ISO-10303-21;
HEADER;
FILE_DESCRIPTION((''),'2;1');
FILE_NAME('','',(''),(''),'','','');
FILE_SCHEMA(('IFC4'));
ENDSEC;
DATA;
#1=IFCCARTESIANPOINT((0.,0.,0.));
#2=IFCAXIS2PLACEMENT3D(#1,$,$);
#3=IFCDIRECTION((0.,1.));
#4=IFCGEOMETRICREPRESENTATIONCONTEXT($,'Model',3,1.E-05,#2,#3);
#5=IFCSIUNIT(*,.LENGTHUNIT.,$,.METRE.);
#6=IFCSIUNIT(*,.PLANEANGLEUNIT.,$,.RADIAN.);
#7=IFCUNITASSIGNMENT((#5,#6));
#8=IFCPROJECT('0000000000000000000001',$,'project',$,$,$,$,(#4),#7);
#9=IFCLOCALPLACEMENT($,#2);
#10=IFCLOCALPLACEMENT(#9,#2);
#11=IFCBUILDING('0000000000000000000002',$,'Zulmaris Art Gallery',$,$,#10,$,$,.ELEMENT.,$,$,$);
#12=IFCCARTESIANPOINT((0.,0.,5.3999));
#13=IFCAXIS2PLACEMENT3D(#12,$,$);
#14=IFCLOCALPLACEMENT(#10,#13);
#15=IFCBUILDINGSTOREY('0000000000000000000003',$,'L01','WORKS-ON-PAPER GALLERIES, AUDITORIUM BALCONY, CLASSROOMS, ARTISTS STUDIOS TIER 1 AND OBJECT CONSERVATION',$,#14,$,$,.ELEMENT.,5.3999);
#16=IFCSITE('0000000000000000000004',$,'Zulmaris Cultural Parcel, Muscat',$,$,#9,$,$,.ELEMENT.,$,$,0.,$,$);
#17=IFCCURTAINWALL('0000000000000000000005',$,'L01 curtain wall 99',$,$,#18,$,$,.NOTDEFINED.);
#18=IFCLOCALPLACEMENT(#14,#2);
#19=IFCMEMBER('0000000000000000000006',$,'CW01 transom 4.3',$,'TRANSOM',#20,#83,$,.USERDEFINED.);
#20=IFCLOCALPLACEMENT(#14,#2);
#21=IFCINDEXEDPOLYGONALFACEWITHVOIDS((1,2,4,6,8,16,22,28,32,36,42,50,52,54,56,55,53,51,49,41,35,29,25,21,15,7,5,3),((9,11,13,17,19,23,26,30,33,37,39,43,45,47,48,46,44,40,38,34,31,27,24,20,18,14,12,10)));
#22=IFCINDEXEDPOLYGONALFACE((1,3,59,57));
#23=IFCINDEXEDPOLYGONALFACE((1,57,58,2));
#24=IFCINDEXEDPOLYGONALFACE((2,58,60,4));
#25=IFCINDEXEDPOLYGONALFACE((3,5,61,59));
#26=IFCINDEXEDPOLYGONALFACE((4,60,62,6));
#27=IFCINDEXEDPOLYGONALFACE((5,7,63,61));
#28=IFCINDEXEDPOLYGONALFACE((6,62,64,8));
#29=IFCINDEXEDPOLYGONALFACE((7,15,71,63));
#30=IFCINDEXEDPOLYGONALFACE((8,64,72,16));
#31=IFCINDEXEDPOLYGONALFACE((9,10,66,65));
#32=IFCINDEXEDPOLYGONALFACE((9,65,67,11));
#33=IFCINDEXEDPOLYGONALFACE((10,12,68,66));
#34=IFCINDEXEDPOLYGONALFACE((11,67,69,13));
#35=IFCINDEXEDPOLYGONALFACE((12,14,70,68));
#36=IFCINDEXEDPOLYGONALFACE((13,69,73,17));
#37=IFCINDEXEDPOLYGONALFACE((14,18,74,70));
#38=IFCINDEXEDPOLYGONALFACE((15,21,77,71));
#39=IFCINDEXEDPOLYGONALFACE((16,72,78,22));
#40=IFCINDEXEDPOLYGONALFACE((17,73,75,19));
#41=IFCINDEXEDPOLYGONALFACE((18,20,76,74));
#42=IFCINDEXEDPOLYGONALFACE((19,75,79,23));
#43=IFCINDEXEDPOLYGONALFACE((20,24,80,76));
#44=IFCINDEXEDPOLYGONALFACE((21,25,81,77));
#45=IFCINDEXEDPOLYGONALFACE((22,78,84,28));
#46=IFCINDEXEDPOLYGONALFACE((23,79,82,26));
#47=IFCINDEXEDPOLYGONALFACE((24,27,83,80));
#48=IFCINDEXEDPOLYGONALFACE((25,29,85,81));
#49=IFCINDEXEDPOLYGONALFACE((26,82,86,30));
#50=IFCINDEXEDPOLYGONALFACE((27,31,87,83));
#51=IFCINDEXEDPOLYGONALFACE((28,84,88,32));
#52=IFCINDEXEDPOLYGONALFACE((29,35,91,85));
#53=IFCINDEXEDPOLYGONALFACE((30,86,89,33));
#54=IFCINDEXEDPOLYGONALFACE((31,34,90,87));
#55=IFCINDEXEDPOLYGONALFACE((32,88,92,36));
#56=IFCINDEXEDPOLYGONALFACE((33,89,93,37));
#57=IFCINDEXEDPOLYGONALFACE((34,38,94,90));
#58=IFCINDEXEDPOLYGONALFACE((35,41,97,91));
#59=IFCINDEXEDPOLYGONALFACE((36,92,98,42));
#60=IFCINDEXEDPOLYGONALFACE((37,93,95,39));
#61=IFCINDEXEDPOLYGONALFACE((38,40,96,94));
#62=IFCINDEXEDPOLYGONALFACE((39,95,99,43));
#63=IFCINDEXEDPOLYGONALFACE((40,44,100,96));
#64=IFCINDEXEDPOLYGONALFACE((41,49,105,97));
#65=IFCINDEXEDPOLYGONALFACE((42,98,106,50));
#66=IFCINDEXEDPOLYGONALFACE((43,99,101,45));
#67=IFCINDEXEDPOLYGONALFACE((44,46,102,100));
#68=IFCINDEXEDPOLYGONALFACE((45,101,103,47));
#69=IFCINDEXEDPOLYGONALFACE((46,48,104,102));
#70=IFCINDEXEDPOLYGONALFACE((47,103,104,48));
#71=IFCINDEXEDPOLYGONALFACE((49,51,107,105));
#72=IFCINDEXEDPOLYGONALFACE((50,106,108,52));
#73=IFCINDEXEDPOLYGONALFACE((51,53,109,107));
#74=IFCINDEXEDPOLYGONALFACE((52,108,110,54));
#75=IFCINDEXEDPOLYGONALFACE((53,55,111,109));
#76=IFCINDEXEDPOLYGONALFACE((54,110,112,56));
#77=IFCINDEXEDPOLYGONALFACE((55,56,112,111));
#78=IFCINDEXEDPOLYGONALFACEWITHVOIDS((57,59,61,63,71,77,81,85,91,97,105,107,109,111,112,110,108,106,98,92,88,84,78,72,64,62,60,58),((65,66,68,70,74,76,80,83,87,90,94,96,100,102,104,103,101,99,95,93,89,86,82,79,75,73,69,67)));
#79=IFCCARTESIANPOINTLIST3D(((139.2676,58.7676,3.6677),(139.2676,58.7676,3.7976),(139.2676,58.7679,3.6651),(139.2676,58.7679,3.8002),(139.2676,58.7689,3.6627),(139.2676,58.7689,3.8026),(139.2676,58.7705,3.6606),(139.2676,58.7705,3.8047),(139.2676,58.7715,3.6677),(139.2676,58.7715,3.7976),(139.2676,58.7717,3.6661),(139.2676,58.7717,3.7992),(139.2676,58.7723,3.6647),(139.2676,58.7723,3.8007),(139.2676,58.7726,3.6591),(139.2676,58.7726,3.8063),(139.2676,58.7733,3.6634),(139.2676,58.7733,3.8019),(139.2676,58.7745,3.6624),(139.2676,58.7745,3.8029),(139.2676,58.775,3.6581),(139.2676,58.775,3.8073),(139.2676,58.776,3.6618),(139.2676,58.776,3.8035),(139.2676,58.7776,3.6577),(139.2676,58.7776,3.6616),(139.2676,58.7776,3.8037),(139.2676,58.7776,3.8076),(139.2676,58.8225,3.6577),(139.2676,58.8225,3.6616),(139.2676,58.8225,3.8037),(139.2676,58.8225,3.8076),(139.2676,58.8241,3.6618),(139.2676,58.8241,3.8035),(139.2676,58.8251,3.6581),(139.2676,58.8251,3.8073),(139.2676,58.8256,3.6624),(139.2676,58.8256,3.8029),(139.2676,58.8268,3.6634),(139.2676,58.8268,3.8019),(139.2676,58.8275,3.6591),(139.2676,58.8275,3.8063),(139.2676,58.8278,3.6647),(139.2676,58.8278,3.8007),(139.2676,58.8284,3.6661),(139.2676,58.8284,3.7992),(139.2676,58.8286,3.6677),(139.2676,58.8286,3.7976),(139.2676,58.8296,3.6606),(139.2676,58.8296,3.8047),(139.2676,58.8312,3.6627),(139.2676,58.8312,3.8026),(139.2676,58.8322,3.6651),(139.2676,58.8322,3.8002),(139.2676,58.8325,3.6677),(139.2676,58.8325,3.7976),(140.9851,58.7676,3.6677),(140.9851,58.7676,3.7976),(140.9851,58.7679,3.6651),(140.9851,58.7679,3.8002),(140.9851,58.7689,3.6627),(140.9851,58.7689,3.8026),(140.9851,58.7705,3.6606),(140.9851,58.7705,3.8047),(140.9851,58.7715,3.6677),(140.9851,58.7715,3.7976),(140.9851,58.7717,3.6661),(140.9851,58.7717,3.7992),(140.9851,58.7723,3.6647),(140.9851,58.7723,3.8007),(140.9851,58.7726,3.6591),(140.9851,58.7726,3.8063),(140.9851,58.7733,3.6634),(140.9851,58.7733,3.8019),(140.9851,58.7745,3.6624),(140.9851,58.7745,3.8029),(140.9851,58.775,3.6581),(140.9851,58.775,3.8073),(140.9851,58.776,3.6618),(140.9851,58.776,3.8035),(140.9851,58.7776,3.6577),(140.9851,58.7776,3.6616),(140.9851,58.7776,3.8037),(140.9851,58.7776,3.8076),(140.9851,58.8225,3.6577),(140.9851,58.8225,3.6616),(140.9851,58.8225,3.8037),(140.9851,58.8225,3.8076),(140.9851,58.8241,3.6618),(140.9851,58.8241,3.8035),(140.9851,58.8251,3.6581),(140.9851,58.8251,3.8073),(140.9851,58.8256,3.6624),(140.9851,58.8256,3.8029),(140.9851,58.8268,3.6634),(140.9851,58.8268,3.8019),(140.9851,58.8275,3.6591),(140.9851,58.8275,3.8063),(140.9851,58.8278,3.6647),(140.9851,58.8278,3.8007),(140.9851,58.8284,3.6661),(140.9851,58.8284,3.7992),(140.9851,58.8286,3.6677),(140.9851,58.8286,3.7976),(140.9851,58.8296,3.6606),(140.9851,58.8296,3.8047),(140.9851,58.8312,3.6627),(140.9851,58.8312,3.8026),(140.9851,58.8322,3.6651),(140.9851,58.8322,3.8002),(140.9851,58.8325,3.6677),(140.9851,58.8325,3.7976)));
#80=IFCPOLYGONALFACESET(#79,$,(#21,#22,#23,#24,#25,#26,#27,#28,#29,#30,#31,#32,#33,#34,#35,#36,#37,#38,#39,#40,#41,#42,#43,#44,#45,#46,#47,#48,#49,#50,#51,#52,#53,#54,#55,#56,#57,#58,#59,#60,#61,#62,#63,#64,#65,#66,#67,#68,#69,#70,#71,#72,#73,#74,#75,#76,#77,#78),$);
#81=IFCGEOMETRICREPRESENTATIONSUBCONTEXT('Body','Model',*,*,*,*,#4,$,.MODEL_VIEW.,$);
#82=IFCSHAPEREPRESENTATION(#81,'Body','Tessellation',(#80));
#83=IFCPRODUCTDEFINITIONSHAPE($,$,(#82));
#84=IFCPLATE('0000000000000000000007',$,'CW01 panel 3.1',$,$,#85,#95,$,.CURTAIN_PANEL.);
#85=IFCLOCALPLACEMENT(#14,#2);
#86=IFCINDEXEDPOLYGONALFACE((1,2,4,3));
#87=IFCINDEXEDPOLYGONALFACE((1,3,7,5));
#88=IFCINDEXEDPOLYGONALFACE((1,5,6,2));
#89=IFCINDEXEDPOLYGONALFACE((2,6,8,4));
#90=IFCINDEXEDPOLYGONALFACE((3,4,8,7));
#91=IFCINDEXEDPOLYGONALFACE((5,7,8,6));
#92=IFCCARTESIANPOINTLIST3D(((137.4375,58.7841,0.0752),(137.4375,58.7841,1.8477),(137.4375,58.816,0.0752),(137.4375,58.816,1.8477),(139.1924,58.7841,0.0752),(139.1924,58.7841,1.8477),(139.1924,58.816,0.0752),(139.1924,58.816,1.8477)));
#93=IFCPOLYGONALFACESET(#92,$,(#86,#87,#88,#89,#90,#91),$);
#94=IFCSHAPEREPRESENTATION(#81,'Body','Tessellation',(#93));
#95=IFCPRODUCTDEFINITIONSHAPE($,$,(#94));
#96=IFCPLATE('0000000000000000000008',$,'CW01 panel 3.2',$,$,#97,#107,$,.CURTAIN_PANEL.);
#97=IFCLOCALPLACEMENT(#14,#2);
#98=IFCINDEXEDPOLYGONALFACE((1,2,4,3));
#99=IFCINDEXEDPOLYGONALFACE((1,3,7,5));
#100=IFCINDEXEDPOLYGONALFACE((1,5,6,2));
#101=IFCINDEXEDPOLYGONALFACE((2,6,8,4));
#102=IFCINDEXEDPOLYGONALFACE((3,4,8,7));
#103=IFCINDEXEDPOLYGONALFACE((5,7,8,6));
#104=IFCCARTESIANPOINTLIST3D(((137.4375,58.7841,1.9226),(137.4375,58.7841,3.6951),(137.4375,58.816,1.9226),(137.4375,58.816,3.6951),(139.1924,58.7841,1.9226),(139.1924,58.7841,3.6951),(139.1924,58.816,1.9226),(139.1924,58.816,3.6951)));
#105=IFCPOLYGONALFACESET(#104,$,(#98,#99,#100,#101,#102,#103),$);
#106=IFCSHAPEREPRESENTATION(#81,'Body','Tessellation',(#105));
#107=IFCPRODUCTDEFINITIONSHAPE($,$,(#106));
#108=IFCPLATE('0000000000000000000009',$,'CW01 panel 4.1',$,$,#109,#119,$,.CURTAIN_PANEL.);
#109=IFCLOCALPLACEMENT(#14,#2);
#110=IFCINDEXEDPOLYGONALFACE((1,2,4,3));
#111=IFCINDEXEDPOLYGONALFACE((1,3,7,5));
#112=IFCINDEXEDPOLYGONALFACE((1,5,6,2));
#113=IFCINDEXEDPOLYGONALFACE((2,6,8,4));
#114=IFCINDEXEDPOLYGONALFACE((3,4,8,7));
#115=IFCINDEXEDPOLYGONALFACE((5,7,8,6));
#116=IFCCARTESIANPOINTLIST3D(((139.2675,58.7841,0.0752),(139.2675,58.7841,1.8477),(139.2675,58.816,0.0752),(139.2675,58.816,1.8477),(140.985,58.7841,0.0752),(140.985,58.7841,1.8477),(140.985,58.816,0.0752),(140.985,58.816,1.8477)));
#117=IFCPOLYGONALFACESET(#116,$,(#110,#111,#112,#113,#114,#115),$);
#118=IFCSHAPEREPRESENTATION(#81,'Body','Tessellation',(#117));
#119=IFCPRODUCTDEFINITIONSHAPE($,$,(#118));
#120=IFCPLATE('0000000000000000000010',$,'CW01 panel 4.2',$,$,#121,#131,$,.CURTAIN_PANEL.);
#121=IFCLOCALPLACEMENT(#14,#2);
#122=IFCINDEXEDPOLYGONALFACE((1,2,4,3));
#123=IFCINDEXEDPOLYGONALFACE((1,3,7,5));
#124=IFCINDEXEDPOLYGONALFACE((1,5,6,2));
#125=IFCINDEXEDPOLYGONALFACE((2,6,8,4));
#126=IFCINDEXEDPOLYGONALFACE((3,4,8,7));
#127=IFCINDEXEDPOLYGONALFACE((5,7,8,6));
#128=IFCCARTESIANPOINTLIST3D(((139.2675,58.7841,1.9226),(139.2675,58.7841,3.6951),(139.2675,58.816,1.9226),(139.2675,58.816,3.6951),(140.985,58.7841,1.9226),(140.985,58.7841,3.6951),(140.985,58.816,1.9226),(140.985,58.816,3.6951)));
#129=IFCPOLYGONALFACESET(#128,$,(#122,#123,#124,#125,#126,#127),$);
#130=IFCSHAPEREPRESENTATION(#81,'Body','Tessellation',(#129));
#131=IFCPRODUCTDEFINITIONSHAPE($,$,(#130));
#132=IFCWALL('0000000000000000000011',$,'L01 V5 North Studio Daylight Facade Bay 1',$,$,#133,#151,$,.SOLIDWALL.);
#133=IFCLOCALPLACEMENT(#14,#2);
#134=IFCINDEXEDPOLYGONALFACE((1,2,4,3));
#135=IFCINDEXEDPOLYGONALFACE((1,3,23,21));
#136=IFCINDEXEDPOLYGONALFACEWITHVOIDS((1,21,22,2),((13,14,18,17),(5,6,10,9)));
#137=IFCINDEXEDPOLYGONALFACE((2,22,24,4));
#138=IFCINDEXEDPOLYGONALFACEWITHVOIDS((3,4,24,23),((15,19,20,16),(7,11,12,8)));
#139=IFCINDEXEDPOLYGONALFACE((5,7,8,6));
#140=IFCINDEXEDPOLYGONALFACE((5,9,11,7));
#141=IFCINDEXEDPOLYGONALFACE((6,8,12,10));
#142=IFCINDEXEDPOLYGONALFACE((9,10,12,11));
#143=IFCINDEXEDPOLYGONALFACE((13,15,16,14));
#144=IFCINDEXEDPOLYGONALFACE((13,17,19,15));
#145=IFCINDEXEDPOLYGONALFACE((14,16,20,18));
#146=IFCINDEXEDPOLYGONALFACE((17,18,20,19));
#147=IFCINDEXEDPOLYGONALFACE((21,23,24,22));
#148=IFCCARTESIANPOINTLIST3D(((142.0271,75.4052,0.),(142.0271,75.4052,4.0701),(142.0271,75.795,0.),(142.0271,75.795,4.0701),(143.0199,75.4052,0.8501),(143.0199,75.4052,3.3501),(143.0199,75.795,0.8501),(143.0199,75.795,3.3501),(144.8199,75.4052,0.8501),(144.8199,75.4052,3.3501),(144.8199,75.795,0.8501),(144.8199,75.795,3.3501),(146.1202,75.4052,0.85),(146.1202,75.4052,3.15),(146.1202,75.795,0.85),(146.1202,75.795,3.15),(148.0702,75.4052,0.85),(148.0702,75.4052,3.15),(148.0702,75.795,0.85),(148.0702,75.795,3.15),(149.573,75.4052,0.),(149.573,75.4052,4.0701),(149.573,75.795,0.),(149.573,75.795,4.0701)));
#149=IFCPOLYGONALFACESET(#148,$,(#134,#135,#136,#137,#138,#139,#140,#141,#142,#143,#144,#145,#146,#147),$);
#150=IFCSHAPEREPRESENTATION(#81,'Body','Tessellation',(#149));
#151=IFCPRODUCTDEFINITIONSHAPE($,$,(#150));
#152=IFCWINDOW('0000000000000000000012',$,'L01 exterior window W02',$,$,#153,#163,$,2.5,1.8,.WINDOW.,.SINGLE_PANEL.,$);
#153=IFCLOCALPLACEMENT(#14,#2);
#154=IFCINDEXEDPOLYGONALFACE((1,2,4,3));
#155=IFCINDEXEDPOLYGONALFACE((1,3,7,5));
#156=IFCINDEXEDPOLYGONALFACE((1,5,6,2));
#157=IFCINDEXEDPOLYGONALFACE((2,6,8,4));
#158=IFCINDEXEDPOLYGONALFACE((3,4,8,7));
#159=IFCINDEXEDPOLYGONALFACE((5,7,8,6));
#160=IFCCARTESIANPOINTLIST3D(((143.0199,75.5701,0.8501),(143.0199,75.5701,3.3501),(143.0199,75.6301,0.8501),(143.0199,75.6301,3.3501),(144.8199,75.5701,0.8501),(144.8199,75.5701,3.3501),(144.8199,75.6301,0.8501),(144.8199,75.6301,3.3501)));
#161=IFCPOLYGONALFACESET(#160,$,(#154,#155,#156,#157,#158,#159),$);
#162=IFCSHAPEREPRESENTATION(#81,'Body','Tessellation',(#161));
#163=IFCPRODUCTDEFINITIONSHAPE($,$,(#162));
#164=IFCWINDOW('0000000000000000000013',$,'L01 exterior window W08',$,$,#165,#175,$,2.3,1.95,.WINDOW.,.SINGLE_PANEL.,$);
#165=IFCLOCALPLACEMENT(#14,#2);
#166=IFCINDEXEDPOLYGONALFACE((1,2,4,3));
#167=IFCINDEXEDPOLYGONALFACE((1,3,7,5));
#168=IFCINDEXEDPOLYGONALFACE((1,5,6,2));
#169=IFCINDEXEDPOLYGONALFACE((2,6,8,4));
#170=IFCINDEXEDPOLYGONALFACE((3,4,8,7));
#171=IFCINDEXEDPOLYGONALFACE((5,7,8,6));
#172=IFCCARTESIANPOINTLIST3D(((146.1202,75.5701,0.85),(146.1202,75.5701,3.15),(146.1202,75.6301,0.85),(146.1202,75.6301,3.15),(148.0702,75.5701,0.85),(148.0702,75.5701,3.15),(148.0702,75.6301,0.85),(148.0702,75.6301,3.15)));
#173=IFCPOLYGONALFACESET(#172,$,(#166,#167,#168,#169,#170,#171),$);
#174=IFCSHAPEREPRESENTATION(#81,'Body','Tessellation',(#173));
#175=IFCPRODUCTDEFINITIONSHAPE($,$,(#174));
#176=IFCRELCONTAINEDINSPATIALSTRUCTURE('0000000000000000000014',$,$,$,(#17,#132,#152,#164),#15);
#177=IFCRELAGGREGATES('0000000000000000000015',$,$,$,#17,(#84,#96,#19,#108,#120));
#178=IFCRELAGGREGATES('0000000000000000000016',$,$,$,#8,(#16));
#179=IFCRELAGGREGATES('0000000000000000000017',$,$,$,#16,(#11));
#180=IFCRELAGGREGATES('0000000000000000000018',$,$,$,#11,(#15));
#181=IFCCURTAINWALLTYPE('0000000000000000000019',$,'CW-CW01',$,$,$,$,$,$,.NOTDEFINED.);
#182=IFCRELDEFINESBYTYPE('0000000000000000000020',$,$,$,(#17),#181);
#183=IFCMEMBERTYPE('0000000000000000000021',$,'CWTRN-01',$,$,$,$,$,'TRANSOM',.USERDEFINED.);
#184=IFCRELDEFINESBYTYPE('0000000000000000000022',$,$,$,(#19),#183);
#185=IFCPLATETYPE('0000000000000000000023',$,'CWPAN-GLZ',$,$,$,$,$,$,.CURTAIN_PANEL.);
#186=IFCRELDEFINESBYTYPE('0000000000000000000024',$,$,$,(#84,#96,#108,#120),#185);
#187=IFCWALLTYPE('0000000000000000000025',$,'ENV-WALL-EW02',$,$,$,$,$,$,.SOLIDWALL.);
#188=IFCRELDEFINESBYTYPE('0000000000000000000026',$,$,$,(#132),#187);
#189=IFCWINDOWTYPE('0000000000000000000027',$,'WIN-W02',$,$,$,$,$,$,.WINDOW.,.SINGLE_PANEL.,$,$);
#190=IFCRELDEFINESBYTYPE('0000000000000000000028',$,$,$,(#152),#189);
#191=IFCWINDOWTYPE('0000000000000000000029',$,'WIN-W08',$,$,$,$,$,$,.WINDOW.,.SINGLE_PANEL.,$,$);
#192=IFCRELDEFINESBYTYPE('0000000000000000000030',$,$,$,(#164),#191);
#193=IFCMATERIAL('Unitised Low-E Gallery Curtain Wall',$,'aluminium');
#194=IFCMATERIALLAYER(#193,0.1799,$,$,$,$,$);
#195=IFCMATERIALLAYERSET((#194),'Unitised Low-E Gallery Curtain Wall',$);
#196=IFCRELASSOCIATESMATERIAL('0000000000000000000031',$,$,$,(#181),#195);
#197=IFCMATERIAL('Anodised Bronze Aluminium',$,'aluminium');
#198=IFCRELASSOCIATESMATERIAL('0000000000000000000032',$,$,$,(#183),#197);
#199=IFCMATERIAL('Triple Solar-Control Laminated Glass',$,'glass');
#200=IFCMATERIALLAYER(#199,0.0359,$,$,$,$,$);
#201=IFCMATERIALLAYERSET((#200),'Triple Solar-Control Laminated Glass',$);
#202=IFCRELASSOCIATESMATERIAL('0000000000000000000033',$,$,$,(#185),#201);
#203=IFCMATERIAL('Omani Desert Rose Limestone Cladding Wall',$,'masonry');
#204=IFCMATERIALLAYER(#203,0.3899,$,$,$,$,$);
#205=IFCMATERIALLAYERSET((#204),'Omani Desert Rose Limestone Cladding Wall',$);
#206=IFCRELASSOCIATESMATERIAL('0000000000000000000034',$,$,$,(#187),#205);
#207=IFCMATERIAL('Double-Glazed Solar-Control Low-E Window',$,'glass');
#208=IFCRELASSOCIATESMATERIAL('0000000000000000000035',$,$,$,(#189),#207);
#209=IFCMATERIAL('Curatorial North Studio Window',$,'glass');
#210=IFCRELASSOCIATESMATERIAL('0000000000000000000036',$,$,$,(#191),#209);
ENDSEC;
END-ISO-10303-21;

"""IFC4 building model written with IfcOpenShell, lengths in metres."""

from ifc_helpers import new_model, si_unit, direction, frame, frame_2d, origin, origin_2d, place, context, subcontext, project, spatial, rectangle, hollow_rectangle, extrude, material, layer, layer_set, material_profile, profile_set, type_object, element, fill, aggregate, save


model = new_model("IFC4")

# Units and contexts
model_context = context("Model", 3, precision=1e-05, world=origin(), true_north=direction((0.0, 1.0)))
body_context = subcontext(model_context, "Body", "Model", "MODEL_VIEW")
ifc_project = project(units=[si_unit("LENGTHUNIT", "METRE"), si_unit("PLANEANGLEUNIT", "RADIAN")], contexts=[model_context])

# Site, building, storey
site_placement = place(None, origin())
site = spatial("IfcSite", under=ifc_project, at=site_placement, Name="Zulmaris Cultural Parcel, Muscat", CompositionType="ELEMENT", RefElevation=0.0)
building_placement = place(site_placement, origin())
building = spatial("IfcBuilding", under=site, at=building_placement, Name="Zulmaris Art Gallery", CompositionType="ELEMENT")
storey_placement = place(building_placement, frame((0.0, 0.0, 5.3999)))
storey = spatial("IfcBuildingStorey", under=building, at=storey_placement, Name="L01", Description="WORKS-ON-PAPER GALLERIES, AUDITORIUM BALCONY, CLASSROOMS, ARTISTS STUDIOS TIER 1 AND OBJECT CONSERVATION", CompositionType="ELEMENT", Elevation=5.3999)

# Curtain wall, member, plates
ifc_material_1 = material(Name="Unitised Low-E Gallery Curtain Wall", Category="aluminium")
ifc_layer_1 = layer(ifc_material_1, 0.1799)
ifc_layer_set_1 = layer_set([ifc_layer_1], Name="Unitised Low-E Gallery Curtain Wall")
curtain_wall_type = type_object("IfcCurtainWallType", Name="CW-CW01", PredefinedType="NOTDEFINED", material=ifc_layer_set_1)
curtain_wall_placement = place(storey_placement, origin())
curtain_wall = element("IfcCurtainWall", 1, at=curtain_wall_placement, inside=storey, type_object=curtain_wall_type, Name="L01 curtain wall 99", PredefinedType="NOTDEFINED")
ifc_material_2 = material(Name="Anodised Bronze Aluminium", Category="aluminium")
ifc_material_profile_1 = material_profile(ifc_material_2, hollow_rectangle(XDim=0.0649, YDim=0.1499, WallThickness=0.0039, InnerFilletRadius=0.0061, OuterFilletRadius=0.01, at=origin_2d()), Name="ALU 65x150x4")
ifc_profile_set_1 = profile_set([ifc_material_profile_1], Name="Anodised Bronze Aluminium")
member_type_1 = type_object("IfcMemberType", Name="CWTRN-01", ElementType="TRANSOM", PredefinedType="USERDEFINED", material=ifc_profile_set_1)
member_1_placement = place(storey_placement, frame((139.2676, 58.8, 3.7327), z_axis=(1.0, 0.0, 0.0), x_axis=(0.0, 1.0, 0.0)))
member_1 = element("IfcMember", 2, at=member_1_placement, type_object=member_type_1, Name="CW01 transom 4.3", ObjectType="TRANSOM", PredefinedType="USERDEFINED", context=body_context, shape_type="SweptSolid", body=[
    extrude(hollow_rectangle(XDim=0.0649, YDim=0.1499, WallThickness=0.0039, InnerFilletRadius=0.0061, OuterFilletRadius=0.01, at=origin_2d()), origin(), (0.0, 0.0, 1.0), 1.7175),
])
ifc_material_3 = material(Name="Triple Solar-Control Laminated Glass", Category="glass")
ifc_layer_2 = layer(ifc_material_3, 0.0359)
ifc_layer_set_2 = layer_set([ifc_layer_2], Name="Triple Solar-Control Laminated Glass")
plate_type = type_object("IfcPlateType", Name="CWPAN-GLZ", PredefinedType="CURTAIN_PANEL", material=ifc_layer_set_2)
plate_1_placement = place(storey_placement, frame((138.3149, 58.8, 0.0752), z_axis=(0.0, 0.0, 1.0), x_axis=(1.0, 0.0, 0.0)))
plate_1 = element("IfcPlate", 3, at=plate_1_placement, type_object=plate_type, Name="CW01 panel 3.1", PredefinedType="CURTAIN_PANEL", context=body_context, shape_type="SweptSolid", body=[
    extrude(rectangle(XDim=1.7549, YDim=0.032, at=origin_2d()), origin(), (0.0, 0.0, 1.0), 1.7725),
])
plate_2_placement = place(storey_placement, frame((138.3149, 58.8, 1.9226), z_axis=(0.0, 0.0, 1.0), x_axis=(1.0, 0.0, 0.0)))
plate_2 = element("IfcPlate", 4, at=plate_2_placement, type_object=plate_type, Name="CW01 panel 3.2", PredefinedType="CURTAIN_PANEL", context=body_context, shape_type="SweptSolid", body=[
    extrude(rectangle(XDim=1.7549, YDim=0.032, at=origin_2d()), origin(), (0.0, 0.0, 1.0), 1.7725),
])
plate_3_placement = place(storey_placement, frame((140.1262, 58.8, 0.0752), z_axis=(0.0, 0.0, 1.0), x_axis=(1.0, 0.0, 0.0)))
plate_3 = element("IfcPlate", 5, at=plate_3_placement, type_object=plate_type, Name="CW01 panel 4.1", PredefinedType="CURTAIN_PANEL", context=body_context, shape_type="SweptSolid", body=[
    extrude(rectangle(XDim=1.7175, YDim=0.032, at=origin_2d()), origin(), (0.0, 0.0, 1.0), 1.7725),
])
plate_4_placement = place(storey_placement, frame((140.1262, 58.8, 1.9226), z_axis=(0.0, 0.0, 1.0), x_axis=(1.0, 0.0, 0.0)))
plate_4 = element("IfcPlate", 6, at=plate_4_placement, type_object=plate_type, Name="CW01 panel 4.2", PredefinedType="CURTAIN_PANEL", context=body_context, shape_type="SweptSolid", body=[
    extrude(rectangle(XDim=1.7175, YDim=0.032, at=origin_2d()), origin(), (0.0, 0.0, 1.0), 1.7725),
])
aggregate(curtain_wall, [plate_1, plate_2, member_1, plate_3, plate_4])

# Wall, openings, windows
ifc_material_4 = material(Name="Omani Desert Rose Limestone Cladding Wall", Category="masonry")
ifc_layer_3 = layer(ifc_material_4, 0.3899)
ifc_layer_set_3 = layer_set([ifc_layer_3], Name="Omani Desert Rose Limestone Cladding Wall")
wall_type_1 = type_object("IfcWallType", Name="ENV-WALL-EW02", PredefinedType="SOLIDWALL", material=ifc_layer_set_3)
wall_1_placement = place(storey_placement, frame((142.0271, 75.6001, 0.0), z_axis=(0.0, 0.0, 1.0), x_axis=(1.0, 0.0, 0.0)))
wall_1 = element("IfcWall", 7, at=wall_1_placement, inside=storey, type_object=wall_type_1, Name="L01 V5 North Studio Daylight Facade Bay 1", PredefinedType="SOLIDWALL", context=body_context, shape_type="SweptSolid", body=[
    extrude(rectangle(XDim=7.5459, YDim=0.3899, at=frame_2d((3.7729, 0.0))), origin(), (0.0, 0.0, 1.0), 4.0701),
])
opening_1_placement = place(wall_1_placement, frame((0.9929, 0.0, 0.8501)))
opening_1 = element("IfcOpeningElement", 8, at=opening_1_placement, cuts=wall_1, PredefinedType="OPENING", context=body_context, shape_type="SweptSolid", body=[
    extrude(rectangle(XDim=1.8, YDim=2.5, at=frame_2d((0.8999, 1.25))), frame((0.0, 0.2048, 0.0), z_axis=(0.0, -1.0, 0.0), x_axis=(1.0, 0.0, 0.0)), (0.0, 0.0, 1.0), 0.4099),
])
opening_2_placement = place(wall_1_placement, frame((4.093, 0.0, 0.8501)))
opening_2 = element("IfcOpeningElement", 9, at=opening_2_placement, cuts=wall_1, PredefinedType="OPENING", context=body_context, shape_type="SweptSolid", body=[
    extrude(rectangle(XDim=1.95, YDim=2.3, at=frame_2d((0.9751, 1.1499))), frame((0.0, 0.2048, 0.0), z_axis=(0.0, -1.0, 0.0), x_axis=(1.0, 0.0, 0.0)), (0.0, 0.0, 1.0), 0.4099),
])
ifc_material_5 = material(Name="Double-Glazed Solar-Control Low-E Window", Category="glass")
window_type_1 = type_object("IfcWindowType", Name="WIN-W02", PartitioningType="SINGLE_PANEL", PredefinedType="WINDOW", material=ifc_material_5)
window_1_placement = place(opening_1_placement, origin())
window_1 = element("IfcWindow", 10, at=window_1_placement, inside=storey, type_object=window_type_1, Name="L01 exterior window W02", OverallHeight=2.5, OverallWidth=1.8, PartitioningType="SINGLE_PANEL", PredefinedType="WINDOW", context=body_context, shape_type="SweptSolid", body=[
    extrude(rectangle(XDim=1.8, YDim=2.5, at=frame_2d((0.8999, 1.25))), frame((0.0, 0.03, 0.0), z_axis=(0.0, -1.0, 0.0), x_axis=(1.0, 0.0, 0.0)), (0.0, 0.0, 1.0), 0.0601),
])
fill(opening_1, window_1)
ifc_material_6 = material(Name="Curatorial North Studio Window", Category="glass")
window_type_2 = type_object("IfcWindowType", Name="WIN-W08", PartitioningType="SINGLE_PANEL", PredefinedType="WINDOW", material=ifc_material_6)
window_2_placement = place(opening_2_placement, origin())
window_2 = element("IfcWindow", 11, at=window_2_placement, inside=storey, type_object=window_type_2, Name="L01 exterior window W08", OverallHeight=2.3, OverallWidth=1.95, PartitioningType="SINGLE_PANEL", PredefinedType="WINDOW", context=body_context, shape_type="SweptSolid", body=[
    extrude(rectangle(XDim=1.95, YDim=2.3, at=frame_2d((0.9751, 1.1499))), frame((0.0, 0.03, 0.0), z_axis=(0.0, -1.0, 0.0), x_axis=(1.0, 0.0, 0.0)), (0.0, 0.0, 1.0), 0.0601),
])
fill(opening_2, window_2)

save(model, "model.ifc")
